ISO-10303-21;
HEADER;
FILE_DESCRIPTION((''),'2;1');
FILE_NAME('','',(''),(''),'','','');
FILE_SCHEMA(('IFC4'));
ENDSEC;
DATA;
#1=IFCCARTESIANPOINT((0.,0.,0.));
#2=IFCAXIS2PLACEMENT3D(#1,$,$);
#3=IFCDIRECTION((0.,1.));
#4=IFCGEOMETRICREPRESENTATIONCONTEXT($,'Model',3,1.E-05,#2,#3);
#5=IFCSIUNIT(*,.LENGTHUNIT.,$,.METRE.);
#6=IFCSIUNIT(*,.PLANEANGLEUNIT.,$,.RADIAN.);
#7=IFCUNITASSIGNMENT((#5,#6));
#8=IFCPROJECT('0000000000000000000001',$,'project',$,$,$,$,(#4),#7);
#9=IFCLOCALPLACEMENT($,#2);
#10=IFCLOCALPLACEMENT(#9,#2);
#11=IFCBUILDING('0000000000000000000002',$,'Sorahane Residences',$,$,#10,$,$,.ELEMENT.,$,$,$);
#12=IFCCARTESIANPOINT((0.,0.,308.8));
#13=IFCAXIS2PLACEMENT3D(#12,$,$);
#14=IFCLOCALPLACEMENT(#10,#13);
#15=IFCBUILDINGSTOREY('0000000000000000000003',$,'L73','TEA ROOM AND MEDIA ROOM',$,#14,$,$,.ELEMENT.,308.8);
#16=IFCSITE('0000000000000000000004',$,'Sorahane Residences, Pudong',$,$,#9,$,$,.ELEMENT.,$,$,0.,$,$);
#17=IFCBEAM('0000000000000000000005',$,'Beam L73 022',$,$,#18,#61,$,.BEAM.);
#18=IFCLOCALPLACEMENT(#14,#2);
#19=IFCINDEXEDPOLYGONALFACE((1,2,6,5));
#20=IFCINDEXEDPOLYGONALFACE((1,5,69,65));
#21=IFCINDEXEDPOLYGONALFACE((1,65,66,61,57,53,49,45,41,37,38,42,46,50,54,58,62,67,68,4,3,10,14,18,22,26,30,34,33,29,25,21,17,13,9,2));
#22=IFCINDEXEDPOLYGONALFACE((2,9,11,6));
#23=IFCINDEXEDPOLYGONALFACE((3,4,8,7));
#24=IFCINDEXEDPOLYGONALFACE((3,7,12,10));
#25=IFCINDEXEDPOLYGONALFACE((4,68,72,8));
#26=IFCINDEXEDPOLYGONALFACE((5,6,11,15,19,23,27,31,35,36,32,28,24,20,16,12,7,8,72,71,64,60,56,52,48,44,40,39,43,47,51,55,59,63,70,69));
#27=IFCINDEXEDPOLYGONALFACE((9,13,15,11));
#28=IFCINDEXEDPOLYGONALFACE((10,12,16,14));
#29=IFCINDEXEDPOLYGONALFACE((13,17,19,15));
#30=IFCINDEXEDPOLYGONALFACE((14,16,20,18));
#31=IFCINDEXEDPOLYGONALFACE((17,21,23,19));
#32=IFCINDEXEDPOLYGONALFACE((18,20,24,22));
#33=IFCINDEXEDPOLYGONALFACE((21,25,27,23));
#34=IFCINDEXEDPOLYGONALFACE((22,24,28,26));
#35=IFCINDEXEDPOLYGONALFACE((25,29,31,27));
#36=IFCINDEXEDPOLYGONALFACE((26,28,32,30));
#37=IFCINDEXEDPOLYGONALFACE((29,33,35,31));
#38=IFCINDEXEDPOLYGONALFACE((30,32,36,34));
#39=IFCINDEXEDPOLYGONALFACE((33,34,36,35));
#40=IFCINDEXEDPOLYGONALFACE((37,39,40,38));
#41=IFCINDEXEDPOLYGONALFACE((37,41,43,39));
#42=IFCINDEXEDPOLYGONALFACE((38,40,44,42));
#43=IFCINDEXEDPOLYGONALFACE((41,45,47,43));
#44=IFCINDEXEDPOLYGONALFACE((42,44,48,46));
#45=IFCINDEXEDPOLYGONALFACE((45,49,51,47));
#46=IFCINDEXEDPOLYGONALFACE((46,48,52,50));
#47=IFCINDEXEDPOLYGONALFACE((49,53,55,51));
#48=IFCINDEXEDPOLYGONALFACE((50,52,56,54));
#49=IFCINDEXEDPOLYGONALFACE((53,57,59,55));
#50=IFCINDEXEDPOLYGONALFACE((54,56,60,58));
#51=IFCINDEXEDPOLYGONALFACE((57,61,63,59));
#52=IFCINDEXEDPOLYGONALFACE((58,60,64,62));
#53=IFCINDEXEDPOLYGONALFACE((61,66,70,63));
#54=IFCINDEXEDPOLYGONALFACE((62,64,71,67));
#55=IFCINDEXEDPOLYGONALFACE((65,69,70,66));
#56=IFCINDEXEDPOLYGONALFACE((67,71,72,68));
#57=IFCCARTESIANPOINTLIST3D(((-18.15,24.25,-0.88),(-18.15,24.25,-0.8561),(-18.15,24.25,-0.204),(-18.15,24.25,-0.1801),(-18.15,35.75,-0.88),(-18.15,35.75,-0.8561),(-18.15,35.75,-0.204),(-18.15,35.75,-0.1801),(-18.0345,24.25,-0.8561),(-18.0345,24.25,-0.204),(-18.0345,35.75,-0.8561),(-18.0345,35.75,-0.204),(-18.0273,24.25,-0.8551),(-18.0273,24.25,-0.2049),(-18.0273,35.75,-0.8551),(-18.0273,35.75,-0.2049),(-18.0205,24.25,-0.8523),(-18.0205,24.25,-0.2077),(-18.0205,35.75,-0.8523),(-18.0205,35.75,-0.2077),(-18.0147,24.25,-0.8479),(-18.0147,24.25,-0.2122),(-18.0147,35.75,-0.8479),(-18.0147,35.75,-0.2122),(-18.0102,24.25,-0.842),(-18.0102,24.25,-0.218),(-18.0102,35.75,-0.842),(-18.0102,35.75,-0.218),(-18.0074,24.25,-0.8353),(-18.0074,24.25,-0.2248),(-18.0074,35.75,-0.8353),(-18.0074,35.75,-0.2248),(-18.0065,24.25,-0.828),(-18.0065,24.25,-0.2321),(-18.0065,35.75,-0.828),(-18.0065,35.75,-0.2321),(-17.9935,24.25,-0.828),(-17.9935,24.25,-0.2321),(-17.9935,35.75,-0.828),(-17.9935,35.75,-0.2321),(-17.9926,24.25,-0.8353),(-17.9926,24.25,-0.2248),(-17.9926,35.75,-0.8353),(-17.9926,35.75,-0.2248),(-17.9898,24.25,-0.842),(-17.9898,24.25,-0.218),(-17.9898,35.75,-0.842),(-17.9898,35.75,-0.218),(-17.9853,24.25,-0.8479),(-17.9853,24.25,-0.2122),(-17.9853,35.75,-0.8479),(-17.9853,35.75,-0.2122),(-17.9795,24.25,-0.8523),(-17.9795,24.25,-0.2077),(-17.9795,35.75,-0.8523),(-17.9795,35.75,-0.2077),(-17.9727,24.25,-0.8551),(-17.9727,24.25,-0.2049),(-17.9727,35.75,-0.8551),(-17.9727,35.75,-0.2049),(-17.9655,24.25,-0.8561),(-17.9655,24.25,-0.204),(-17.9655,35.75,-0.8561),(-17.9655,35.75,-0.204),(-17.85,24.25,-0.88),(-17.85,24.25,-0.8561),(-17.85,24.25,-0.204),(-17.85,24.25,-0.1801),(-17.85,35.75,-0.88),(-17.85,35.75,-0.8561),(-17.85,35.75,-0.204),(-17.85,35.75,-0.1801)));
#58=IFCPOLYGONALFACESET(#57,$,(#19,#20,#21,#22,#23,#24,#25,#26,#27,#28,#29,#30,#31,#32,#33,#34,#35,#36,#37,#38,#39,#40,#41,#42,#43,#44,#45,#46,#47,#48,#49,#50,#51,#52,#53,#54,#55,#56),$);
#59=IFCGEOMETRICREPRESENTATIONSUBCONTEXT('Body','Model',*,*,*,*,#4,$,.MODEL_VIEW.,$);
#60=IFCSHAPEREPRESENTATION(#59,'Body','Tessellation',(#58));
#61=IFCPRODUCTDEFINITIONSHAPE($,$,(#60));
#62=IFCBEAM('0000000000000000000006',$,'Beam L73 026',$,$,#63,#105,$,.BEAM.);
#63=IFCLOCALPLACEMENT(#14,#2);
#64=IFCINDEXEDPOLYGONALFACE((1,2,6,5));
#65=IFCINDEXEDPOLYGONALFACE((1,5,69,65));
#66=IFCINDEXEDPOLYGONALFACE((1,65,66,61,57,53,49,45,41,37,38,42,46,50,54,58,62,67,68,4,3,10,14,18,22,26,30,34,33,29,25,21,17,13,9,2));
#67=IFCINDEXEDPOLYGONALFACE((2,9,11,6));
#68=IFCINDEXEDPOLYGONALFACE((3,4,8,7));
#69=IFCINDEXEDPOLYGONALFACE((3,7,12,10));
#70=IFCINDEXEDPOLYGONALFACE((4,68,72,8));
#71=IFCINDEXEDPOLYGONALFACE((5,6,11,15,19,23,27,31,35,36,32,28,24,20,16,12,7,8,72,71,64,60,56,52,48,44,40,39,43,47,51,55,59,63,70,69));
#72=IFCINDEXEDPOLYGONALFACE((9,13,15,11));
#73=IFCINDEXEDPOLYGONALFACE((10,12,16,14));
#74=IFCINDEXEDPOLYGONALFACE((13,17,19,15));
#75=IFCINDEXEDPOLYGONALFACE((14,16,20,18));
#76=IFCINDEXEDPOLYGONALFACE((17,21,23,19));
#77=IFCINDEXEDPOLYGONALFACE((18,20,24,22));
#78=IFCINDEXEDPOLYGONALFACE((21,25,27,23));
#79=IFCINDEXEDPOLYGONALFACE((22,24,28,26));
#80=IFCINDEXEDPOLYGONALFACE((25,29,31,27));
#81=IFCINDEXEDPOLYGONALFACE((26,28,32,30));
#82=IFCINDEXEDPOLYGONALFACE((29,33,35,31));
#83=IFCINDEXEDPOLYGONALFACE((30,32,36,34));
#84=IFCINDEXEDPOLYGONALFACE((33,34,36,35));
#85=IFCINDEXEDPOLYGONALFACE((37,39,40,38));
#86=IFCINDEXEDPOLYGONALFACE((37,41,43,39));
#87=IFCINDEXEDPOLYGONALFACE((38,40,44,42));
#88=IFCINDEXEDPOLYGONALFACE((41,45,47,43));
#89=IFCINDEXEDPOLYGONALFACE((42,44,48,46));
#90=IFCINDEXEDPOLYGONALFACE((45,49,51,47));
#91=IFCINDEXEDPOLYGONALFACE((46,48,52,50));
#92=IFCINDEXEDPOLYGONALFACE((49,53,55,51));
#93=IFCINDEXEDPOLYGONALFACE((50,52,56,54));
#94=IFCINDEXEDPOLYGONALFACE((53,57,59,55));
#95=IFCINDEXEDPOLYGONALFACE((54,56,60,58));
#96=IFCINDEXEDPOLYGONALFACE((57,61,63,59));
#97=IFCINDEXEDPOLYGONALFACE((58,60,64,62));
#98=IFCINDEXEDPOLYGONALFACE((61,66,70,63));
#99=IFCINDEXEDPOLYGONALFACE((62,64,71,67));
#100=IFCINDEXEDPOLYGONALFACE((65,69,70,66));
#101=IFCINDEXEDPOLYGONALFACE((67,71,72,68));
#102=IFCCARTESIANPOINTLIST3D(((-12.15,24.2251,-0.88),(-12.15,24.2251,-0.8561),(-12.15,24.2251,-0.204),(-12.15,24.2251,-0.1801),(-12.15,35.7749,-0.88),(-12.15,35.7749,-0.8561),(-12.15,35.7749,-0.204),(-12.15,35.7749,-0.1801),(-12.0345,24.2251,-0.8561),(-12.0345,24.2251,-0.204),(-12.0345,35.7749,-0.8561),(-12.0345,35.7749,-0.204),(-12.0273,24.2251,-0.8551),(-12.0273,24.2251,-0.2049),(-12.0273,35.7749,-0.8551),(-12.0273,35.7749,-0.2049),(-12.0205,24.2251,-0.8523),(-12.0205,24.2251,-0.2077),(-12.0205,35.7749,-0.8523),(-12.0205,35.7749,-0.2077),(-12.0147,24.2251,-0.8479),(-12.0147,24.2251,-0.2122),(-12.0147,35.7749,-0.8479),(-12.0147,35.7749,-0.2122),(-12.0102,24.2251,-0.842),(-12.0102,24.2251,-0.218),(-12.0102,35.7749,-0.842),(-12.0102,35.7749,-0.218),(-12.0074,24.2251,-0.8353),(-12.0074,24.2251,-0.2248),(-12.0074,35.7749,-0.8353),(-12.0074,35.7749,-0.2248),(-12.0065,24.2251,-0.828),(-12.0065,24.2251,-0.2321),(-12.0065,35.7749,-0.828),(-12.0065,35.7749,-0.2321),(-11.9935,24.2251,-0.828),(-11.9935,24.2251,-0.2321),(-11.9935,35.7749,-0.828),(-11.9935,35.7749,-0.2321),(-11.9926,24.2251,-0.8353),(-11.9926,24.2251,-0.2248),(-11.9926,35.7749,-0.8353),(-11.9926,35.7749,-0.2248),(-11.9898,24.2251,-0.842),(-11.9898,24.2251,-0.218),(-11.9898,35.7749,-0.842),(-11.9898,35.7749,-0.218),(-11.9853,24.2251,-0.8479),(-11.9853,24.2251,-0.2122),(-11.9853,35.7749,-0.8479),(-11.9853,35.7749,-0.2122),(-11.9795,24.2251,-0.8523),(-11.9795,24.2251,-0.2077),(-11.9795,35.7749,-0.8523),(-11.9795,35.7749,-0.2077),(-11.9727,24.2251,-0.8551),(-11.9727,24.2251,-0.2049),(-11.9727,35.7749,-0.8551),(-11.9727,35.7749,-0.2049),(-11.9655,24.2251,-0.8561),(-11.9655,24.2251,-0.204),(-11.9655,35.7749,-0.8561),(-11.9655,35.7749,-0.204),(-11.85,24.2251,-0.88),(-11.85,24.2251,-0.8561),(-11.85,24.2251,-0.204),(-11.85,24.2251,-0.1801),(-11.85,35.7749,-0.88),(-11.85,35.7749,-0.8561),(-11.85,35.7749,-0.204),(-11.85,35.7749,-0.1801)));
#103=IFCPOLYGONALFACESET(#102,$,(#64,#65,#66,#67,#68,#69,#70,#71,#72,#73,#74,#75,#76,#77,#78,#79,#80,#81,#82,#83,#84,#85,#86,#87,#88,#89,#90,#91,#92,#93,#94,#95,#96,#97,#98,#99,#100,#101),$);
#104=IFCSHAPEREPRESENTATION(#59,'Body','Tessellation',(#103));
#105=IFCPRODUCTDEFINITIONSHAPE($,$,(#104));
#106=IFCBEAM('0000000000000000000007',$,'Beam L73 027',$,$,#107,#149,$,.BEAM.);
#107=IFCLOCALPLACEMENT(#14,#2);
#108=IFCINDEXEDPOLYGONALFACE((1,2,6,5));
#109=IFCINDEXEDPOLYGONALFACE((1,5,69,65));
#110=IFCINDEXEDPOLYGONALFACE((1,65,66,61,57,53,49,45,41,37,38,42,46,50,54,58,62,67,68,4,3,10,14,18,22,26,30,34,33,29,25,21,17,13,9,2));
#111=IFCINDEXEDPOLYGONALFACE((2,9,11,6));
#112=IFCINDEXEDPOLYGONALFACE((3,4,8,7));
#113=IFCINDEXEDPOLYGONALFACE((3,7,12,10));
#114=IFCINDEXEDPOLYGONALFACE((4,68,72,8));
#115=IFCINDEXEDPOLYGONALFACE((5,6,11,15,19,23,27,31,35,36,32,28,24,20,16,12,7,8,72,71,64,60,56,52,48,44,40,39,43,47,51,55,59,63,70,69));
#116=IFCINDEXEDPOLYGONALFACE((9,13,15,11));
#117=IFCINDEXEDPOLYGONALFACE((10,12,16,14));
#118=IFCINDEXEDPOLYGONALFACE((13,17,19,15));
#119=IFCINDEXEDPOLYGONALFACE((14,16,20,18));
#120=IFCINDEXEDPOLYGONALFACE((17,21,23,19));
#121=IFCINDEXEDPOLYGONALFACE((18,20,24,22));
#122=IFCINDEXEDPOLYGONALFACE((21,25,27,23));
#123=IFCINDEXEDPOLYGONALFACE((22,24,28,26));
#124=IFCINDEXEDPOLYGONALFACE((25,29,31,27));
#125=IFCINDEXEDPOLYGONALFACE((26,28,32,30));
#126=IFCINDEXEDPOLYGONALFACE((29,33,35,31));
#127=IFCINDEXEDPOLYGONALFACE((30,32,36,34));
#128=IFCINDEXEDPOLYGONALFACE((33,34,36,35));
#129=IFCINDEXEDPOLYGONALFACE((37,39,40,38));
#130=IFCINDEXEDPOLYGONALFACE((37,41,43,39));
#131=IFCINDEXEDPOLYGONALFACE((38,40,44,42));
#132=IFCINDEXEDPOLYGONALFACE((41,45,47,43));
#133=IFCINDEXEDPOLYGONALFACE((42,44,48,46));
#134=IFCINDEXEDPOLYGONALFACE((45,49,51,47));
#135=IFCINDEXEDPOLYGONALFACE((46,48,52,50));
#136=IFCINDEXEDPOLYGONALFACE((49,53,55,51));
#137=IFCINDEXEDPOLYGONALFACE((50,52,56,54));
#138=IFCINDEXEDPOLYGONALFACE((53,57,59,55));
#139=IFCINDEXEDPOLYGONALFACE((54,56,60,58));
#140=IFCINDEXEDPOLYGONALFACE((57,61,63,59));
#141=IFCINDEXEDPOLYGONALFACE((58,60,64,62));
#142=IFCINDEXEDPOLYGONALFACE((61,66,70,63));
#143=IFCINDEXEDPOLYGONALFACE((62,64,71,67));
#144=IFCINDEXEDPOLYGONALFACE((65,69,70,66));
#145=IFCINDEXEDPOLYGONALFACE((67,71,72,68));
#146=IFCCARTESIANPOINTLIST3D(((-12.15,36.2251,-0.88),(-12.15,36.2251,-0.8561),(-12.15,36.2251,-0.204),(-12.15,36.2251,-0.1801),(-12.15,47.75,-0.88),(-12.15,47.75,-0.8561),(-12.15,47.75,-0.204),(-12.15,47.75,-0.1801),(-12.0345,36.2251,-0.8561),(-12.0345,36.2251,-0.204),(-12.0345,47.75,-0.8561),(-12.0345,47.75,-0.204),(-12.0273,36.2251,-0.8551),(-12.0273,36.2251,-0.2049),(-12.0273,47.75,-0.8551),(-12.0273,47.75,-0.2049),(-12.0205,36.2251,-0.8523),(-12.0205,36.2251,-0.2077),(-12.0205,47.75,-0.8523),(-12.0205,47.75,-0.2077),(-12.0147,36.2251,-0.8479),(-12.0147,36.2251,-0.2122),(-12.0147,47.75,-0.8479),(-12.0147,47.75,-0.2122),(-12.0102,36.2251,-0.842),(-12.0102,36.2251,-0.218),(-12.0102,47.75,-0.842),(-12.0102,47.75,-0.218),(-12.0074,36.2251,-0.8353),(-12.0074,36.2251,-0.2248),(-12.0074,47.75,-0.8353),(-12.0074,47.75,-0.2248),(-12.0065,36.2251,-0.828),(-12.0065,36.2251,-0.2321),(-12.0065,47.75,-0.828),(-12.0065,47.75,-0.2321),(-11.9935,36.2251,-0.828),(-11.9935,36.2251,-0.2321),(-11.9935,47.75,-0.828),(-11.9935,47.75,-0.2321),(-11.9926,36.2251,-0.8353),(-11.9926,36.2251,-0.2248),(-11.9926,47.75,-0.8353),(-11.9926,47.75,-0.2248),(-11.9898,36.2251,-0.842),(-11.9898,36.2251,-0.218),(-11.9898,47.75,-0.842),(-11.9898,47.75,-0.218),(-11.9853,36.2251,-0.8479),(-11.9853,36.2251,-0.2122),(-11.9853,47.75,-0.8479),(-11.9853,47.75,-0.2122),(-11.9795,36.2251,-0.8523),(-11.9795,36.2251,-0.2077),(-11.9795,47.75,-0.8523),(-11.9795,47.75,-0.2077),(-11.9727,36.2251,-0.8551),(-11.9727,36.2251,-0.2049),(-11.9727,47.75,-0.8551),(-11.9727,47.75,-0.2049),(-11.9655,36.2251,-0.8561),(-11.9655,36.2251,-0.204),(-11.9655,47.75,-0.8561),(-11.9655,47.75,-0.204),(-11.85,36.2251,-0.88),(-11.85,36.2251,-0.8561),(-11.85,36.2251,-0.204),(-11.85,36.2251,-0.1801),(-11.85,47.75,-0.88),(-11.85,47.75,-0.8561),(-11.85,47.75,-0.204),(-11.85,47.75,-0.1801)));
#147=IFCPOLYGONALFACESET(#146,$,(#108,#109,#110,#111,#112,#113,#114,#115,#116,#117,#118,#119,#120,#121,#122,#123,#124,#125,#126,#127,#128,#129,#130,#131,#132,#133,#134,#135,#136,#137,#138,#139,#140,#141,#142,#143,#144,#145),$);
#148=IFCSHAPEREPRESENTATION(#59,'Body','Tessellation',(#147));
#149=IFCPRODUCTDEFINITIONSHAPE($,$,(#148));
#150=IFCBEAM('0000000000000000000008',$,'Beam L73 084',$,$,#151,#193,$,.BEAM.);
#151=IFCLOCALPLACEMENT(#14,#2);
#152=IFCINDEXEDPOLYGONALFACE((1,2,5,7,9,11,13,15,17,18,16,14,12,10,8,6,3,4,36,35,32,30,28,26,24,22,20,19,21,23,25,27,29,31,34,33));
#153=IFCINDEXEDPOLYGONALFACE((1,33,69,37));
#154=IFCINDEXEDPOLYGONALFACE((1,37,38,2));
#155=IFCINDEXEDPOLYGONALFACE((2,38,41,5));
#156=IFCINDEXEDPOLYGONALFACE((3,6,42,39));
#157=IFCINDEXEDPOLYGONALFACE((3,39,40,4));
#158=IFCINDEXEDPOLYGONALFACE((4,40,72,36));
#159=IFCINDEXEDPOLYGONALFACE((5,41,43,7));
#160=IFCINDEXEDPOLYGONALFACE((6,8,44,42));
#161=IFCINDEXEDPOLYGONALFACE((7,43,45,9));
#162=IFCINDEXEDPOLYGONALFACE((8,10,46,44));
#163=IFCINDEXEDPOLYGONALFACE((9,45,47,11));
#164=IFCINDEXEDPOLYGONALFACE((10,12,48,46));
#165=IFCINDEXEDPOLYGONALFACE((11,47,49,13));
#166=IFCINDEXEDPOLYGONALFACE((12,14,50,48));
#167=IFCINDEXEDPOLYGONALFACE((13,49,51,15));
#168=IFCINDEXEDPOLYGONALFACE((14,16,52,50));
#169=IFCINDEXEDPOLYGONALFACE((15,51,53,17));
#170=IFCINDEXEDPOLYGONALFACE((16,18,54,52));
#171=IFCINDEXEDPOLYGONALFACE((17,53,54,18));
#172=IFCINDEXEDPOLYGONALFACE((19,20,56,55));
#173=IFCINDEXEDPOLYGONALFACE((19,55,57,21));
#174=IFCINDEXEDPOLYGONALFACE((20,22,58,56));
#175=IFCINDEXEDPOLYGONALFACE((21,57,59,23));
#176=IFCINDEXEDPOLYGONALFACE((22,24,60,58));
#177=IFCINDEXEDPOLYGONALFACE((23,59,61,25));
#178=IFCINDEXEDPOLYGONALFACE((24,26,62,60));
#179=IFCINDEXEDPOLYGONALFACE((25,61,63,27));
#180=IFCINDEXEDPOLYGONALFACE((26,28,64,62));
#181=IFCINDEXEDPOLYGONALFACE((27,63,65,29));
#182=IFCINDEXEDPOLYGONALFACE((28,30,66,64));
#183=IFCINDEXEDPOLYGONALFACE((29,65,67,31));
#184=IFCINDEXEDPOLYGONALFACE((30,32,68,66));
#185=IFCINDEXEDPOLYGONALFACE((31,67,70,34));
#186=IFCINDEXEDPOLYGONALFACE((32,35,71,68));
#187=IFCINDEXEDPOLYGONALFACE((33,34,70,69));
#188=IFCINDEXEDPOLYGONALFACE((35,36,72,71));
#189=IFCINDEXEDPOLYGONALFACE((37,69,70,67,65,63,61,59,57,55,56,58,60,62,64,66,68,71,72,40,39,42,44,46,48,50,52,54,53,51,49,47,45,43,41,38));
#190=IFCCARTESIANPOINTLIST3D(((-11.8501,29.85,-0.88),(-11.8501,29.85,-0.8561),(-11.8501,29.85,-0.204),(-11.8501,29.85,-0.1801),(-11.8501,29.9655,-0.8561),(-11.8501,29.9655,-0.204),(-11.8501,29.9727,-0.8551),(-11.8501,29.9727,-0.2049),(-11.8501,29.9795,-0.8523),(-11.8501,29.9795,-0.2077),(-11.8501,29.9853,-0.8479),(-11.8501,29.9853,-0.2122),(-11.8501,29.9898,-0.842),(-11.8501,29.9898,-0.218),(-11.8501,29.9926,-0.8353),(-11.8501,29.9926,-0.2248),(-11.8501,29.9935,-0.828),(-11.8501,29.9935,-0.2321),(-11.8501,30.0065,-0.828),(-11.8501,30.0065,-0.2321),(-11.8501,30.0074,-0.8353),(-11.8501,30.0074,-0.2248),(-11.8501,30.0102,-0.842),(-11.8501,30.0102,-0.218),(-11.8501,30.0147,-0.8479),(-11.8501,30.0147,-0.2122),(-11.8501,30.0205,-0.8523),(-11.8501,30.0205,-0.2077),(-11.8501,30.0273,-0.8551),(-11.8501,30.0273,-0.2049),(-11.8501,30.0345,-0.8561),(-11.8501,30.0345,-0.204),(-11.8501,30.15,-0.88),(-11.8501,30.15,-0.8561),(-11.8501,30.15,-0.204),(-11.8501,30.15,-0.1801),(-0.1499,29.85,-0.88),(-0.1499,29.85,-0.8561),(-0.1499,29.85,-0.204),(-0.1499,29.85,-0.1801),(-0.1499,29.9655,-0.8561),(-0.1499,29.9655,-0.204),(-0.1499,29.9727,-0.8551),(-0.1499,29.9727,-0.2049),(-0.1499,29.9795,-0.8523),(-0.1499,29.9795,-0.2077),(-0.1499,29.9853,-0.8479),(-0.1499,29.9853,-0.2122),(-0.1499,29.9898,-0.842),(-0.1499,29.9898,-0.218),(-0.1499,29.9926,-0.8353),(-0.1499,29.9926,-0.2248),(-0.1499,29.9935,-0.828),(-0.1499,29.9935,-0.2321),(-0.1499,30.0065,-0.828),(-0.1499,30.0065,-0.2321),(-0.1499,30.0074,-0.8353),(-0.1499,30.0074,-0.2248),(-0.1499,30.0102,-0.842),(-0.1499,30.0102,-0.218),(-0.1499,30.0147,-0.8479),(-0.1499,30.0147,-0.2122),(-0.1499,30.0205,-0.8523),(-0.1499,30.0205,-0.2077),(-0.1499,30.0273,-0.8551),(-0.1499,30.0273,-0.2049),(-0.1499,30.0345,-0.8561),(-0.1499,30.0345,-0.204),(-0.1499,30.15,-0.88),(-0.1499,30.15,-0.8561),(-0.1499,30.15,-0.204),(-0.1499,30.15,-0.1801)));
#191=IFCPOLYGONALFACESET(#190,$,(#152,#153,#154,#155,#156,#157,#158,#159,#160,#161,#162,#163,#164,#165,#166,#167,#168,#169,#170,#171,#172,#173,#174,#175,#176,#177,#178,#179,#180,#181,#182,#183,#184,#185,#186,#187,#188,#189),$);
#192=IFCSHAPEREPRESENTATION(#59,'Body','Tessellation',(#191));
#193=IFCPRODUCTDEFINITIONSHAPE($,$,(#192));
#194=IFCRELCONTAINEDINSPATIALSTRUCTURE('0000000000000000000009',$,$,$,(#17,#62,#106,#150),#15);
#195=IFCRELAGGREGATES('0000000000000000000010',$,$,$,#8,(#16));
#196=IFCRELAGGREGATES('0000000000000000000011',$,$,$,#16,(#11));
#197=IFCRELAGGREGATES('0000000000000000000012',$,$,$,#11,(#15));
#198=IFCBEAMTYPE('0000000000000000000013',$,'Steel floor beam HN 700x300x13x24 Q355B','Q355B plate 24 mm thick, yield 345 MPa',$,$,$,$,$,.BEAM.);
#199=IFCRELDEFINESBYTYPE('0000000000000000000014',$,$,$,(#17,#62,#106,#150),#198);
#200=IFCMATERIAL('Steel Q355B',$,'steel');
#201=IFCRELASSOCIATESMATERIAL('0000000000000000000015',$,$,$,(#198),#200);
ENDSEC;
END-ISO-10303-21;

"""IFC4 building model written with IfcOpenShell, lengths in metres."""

from ifc_helpers import new_model, si_unit, direction, frame, origin, origin_2d, place, context, subcontext, project, spatial, i_section, extrude, material, material_profile, profile_set, type_object, element, save


model = new_model("IFC4")

# Units and contexts
model_context = context("Model", 3, precision=1e-05, world=origin(), true_north=direction((0.0, 1.0)))
body_context = subcontext(model_context, "Body", "Model", "MODEL_VIEW")
ifc_project = project(units=[si_unit("LENGTHUNIT", "METRE"), si_unit("PLANEANGLEUNIT", "RADIAN")], contexts=[model_context])

# Site, building, storey
site_placement = place(None, origin())
site = spatial("IfcSite", under=ifc_project, at=site_placement, Name="Sorahane Residences, Pudong", CompositionType="ELEMENT", RefElevation=0.0)
building_placement = place(site_placement, origin())
building = spatial("IfcBuilding", under=site, at=building_placement, Name="Sorahane Residences", CompositionType="ELEMENT")
storey_placement = place(building_placement, frame((0.0, 0.0, 308.8)))
storey = spatial("IfcBuildingStorey", under=building, at=storey_placement, Name="L73", Description="TEA ROOM AND MEDIA ROOM", CompositionType="ELEMENT", Elevation=308.8)

# Beams
ifc_material_1 = material(Name="Steel Q355B", Category="steel")
ifc_material_profile_1 = material_profile(ifc_material_1, i_section(OverallWidth=0.3, OverallDepth=0.7, WebThickness=0.0129, FlangeThickness=0.0239, FilletRadius=0.0281, at=origin_2d()), Name="HN 700x300x13x24")
ifc_profile_set_1 = profile_set([ifc_material_profile_1], Name="Steel Q355B")
beam_type_1 = type_object("IfcBeamType", Name="Steel floor beam HN 700x300x13x24 Q355B", Description="Q355B plate 24 mm thick, yield 345 MPa", PredefinedType="BEAM", material=ifc_profile_set_1)
beam_1_placement = place(storey_placement, frame((-18.0, 24.25, -0.53), z_axis=(0.0, 1.0, 0.0), x_axis=(-1.0, 0.0, 0.0)))
element("IfcBeam", 1, at=beam_1_placement, inside=storey, type_object=beam_type_1, Name="Beam L73 022", PredefinedType="BEAM", context=body_context, shape_type="SweptSolid", body=[
    extrude(i_section(OverallWidth=0.3, OverallDepth=0.7, WebThickness=0.0129, FlangeThickness=0.0239, FilletRadius=0.0281, at=origin_2d()), origin(), (0.0, 0.0, 1.0), 11.5),
])
beam_2_placement = place(storey_placement, frame((-12.0, 24.2251, -0.53), z_axis=(0.0, 1.0, 0.0), x_axis=(-1.0, 0.0, 0.0)))
element("IfcBeam", 2, at=beam_2_placement, inside=storey, type_object=beam_type_1, Name="Beam L73 026", PredefinedType="BEAM", context=body_context, shape_type="SweptSolid", body=[
    extrude(i_section(OverallWidth=0.3, OverallDepth=0.7, WebThickness=0.0129, FlangeThickness=0.0239, FilletRadius=0.0281, at=origin_2d()), origin(), (0.0, 0.0, 1.0), 11.5498),
])
beam_3_placement = place(storey_placement, frame((-12.0, 36.2251, -0.53), z_axis=(0.0, 1.0, 0.0), x_axis=(-1.0, 0.0, 0.0)))
element("IfcBeam", 3, at=beam_3_placement, inside=storey, type_object=beam_type_1, Name="Beam L73 027", PredefinedType="BEAM", context=body_context, shape_type="SweptSolid", body=[
    extrude(i_section(OverallWidth=0.3, OverallDepth=0.7, WebThickness=0.0129, FlangeThickness=0.0239, FilletRadius=0.0281, at=origin_2d()), origin(), (0.0, 0.0, 1.0), 11.5249),
])
beam_4_placement = place(storey_placement, frame((-11.8501, 30.0, -0.53), z_axis=(1.0, 0.0, 0.0), x_axis=(0.0, 1.0, 0.0)))
element("IfcBeam", 4, at=beam_4_placement, inside=storey, type_object=beam_type_1, Name="Beam L73 084", PredefinedType="BEAM", context=body_context, shape_type="SweptSolid", body=[
    extrude(i_section(OverallWidth=0.3, OverallDepth=0.7, WebThickness=0.0129, FlangeThickness=0.0239, FilletRadius=0.0281, at=origin_2d()), origin(), (0.0, 0.0, 1.0), 11.7002),
])

save(model, "model.ifc")
